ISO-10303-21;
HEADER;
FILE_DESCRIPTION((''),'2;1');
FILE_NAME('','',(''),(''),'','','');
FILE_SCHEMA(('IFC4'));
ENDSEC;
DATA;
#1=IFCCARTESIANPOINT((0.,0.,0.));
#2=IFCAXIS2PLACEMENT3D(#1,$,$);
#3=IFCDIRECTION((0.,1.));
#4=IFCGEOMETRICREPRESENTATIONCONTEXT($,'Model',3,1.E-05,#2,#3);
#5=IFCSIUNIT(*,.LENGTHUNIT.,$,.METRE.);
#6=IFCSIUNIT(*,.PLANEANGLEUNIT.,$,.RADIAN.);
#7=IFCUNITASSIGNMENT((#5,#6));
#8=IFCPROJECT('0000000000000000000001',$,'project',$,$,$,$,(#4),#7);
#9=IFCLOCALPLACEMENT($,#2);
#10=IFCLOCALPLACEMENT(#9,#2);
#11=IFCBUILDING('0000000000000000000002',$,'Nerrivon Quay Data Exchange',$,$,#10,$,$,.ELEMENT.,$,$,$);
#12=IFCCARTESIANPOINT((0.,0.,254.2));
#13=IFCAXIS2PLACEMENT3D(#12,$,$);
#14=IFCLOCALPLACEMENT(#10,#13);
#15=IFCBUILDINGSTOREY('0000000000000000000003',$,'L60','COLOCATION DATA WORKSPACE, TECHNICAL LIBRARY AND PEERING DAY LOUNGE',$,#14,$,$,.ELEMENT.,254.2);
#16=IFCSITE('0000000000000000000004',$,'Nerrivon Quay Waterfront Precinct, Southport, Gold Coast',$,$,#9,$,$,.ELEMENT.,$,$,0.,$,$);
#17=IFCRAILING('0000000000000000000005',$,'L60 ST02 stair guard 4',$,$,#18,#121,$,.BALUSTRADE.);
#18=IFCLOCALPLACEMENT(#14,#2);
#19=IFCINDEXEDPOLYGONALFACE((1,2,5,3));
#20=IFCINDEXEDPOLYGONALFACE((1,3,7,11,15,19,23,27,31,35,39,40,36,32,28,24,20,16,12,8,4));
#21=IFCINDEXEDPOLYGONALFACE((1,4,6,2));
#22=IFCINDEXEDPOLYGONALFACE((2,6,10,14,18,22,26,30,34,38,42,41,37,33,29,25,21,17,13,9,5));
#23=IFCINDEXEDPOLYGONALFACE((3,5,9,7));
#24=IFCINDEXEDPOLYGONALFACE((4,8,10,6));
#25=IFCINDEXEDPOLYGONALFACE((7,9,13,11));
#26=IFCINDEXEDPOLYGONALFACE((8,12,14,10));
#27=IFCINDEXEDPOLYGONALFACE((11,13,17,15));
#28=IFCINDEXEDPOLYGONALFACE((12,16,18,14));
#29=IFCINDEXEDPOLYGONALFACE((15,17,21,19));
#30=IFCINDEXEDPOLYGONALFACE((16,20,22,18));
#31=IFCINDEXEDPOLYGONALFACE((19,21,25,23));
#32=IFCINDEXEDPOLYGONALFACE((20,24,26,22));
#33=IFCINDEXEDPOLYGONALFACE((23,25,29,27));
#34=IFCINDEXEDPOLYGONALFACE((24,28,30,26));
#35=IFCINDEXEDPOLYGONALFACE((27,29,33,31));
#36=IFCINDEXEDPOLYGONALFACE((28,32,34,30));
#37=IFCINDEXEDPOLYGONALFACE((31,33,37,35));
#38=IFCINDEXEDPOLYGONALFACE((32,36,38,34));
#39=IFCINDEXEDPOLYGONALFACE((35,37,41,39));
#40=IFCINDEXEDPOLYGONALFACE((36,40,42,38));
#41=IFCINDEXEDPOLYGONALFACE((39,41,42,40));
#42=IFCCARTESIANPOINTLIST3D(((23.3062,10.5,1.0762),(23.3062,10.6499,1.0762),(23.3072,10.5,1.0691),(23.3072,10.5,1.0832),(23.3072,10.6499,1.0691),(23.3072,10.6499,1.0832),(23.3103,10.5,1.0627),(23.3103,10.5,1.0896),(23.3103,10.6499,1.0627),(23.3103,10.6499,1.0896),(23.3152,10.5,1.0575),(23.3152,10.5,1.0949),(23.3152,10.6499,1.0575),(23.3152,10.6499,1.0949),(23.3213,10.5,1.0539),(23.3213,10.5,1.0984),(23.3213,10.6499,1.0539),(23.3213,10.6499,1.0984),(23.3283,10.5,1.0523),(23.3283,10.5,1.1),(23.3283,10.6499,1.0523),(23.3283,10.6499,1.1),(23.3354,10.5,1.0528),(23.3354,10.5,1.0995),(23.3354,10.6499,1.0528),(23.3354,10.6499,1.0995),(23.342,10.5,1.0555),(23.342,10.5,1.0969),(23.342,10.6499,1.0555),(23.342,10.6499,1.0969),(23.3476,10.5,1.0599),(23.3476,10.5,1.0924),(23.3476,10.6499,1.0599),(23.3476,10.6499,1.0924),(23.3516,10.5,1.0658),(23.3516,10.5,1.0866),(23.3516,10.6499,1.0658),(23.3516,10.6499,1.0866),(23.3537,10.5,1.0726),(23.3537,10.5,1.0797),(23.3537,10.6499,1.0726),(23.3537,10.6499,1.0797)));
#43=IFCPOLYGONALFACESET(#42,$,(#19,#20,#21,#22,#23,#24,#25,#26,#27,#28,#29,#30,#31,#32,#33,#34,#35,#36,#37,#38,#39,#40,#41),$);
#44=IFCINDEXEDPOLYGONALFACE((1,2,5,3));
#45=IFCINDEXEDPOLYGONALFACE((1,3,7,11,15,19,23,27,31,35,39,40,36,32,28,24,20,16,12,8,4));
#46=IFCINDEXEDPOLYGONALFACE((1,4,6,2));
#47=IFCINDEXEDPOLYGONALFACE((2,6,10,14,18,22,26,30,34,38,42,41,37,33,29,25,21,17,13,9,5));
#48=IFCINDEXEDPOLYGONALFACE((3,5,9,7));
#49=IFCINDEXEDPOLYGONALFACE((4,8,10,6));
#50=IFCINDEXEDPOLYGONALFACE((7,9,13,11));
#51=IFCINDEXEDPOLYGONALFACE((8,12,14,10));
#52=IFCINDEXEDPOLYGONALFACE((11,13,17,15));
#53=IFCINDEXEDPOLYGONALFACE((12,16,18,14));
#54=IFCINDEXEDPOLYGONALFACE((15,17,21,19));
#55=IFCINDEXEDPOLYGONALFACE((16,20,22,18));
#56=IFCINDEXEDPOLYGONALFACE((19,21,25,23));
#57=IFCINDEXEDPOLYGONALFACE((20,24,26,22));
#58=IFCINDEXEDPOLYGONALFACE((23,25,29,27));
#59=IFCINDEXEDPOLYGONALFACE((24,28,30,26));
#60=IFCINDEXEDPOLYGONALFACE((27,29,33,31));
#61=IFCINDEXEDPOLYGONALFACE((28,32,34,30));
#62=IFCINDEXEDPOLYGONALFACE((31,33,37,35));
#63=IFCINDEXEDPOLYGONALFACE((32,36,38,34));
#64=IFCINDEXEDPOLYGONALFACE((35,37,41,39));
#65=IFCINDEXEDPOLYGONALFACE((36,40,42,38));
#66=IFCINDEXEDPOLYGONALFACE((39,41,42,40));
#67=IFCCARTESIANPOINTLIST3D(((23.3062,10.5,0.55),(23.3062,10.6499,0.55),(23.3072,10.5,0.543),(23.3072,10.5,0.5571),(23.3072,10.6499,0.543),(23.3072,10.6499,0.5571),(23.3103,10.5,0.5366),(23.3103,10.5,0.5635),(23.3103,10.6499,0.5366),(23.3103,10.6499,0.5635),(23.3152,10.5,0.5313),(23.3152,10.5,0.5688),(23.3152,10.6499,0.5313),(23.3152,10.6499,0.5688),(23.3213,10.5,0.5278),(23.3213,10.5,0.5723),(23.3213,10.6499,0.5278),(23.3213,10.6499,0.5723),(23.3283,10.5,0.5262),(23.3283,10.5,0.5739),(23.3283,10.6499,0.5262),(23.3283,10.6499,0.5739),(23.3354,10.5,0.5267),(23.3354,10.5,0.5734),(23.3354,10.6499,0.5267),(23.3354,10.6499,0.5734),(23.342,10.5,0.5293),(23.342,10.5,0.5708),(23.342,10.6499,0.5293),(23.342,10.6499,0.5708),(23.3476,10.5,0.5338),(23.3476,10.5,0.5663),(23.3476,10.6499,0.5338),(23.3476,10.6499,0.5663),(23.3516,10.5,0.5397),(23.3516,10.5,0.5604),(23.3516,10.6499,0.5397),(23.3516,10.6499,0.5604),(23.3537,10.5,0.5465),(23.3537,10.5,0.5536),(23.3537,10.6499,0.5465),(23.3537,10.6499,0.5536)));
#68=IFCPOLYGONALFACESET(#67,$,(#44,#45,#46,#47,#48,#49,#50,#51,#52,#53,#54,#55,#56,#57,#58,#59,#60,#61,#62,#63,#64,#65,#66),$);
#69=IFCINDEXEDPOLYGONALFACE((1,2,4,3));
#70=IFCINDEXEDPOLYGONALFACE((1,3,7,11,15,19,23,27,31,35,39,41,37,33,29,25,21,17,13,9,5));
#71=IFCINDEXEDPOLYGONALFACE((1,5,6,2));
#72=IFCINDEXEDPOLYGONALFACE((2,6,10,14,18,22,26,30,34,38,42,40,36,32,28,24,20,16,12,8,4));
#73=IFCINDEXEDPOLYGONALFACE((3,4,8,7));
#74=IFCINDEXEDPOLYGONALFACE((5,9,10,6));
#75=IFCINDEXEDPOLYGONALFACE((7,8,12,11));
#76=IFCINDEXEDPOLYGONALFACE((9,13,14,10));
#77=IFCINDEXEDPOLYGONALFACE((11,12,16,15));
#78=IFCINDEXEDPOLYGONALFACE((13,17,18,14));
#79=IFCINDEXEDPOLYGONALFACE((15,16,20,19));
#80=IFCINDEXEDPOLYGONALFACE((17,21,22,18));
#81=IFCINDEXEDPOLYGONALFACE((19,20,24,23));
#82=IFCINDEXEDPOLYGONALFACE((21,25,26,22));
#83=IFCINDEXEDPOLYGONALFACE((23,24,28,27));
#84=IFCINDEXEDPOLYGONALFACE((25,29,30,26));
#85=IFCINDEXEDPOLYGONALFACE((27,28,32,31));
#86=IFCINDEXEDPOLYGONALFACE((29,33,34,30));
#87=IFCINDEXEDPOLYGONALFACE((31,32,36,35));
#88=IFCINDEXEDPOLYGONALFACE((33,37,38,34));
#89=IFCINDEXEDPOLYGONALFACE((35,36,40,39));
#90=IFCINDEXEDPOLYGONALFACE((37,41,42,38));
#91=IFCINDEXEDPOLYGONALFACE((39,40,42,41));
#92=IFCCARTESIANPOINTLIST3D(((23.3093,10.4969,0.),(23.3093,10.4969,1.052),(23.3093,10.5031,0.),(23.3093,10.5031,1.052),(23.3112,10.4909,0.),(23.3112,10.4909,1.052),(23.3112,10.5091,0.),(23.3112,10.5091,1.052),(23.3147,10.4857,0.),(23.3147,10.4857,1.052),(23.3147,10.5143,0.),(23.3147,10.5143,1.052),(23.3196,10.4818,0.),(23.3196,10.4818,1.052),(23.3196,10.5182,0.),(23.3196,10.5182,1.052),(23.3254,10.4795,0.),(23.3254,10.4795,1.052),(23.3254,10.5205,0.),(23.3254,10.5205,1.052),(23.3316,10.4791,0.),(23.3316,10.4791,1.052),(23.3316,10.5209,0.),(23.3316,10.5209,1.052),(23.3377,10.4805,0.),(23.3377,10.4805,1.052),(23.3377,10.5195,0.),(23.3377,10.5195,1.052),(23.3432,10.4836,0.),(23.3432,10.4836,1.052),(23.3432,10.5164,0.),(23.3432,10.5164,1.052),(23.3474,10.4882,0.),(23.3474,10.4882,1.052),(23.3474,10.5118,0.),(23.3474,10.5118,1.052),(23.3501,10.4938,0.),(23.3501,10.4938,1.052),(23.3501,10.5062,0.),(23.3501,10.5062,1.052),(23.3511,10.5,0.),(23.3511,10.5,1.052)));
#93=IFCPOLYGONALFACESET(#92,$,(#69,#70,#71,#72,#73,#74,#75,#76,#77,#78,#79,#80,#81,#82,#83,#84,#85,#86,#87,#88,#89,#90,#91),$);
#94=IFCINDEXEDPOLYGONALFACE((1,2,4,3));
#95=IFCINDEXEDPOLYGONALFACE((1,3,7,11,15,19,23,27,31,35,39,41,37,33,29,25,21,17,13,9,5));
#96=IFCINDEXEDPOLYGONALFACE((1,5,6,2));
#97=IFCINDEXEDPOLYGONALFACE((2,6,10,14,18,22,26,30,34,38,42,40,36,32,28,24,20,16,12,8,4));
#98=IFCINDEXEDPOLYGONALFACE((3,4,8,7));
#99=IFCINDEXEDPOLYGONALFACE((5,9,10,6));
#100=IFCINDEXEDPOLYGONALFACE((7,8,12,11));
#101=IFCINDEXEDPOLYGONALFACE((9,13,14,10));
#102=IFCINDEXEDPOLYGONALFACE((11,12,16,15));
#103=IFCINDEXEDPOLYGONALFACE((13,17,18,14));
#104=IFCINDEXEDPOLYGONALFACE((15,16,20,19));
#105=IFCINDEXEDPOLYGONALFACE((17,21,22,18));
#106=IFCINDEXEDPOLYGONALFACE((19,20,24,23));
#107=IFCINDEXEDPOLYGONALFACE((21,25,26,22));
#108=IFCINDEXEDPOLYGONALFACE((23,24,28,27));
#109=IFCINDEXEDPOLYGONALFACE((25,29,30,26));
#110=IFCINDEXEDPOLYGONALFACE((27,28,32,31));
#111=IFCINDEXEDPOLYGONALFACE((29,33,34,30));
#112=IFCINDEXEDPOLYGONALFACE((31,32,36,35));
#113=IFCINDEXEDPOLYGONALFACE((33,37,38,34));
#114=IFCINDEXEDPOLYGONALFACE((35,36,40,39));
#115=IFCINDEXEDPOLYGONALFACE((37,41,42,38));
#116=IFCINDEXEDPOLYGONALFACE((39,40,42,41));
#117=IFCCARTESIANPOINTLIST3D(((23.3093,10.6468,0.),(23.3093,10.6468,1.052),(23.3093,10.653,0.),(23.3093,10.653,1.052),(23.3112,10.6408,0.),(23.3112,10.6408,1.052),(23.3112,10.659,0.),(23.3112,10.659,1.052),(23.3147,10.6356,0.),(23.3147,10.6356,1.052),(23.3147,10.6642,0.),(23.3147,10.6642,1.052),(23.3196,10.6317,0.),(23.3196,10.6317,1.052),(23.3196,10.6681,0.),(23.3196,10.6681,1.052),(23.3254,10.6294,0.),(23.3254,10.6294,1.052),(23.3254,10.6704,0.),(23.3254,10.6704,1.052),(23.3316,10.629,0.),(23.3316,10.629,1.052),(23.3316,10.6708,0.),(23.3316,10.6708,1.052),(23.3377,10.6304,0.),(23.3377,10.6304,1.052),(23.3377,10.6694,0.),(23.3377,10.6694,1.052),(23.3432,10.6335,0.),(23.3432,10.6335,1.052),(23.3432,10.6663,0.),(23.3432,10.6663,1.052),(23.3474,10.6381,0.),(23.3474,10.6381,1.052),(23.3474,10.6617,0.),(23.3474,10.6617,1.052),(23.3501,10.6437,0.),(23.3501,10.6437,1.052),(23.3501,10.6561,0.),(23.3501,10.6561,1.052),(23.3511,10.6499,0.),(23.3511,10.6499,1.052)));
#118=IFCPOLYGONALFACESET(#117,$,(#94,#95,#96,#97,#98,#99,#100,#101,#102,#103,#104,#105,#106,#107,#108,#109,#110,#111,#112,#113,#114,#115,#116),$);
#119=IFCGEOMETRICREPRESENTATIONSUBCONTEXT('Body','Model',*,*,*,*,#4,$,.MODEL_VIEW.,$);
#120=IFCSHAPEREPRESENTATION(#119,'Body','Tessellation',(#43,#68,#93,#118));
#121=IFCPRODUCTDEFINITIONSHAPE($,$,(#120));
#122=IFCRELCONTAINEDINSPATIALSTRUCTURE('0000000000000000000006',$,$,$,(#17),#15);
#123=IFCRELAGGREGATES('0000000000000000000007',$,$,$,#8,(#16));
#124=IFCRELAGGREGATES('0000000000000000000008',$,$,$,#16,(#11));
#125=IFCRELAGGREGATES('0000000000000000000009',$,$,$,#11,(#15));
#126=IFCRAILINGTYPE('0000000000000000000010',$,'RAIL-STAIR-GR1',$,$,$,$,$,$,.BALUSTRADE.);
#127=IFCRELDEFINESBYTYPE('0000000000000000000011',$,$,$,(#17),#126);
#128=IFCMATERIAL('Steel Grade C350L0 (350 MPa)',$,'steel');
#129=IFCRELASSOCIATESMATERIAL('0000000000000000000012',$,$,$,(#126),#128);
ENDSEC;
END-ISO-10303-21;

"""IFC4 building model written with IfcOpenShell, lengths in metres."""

from ifc_helpers import new_model, si_unit, direction, frame, origin, origin_2d, place, context, subcontext, project, spatial, circle, extrude, material, type_object, element, save


model = new_model("IFC4")

# Units and contexts
model_context = context("Model", 3, precision=1e-05, world=origin(), true_north=direction((0.0, 1.0)))
body_context = subcontext(model_context, "Body", "Model", "MODEL_VIEW")
ifc_project = project(units=[si_unit("LENGTHUNIT", "METRE"), si_unit("PLANEANGLEUNIT", "RADIAN")], contexts=[model_context])

# Site, building, storey
site_placement = place(None, origin())
site = spatial("IfcSite", under=ifc_project, at=site_placement, Name="Nerrivon Quay Waterfront Precinct, Southport, Gold Coast", CompositionType="ELEMENT", RefElevation=0.0)
building_placement = place(site_placement, origin())
building = spatial("IfcBuilding", under=site, at=building_placement, Name="Nerrivon Quay Data Exchange", CompositionType="ELEMENT")
storey_placement = place(building_placement, frame((0.0, 0.0, 254.2)))
storey = spatial("IfcBuildingStorey", under=building, at=storey_placement, Name="L60", Description="COLOCATION DATA WORKSPACE, TECHNICAL LIBRARY AND PEERING DAY LOUNGE", CompositionType="ELEMENT", Elevation=254.2)

# Railing
ifc_material_1 = material(Name="Steel Grade C350L0 (350 MPa)", Category="steel")
railing_type_1 = type_object("IfcRailingType", Name="RAIL-STAIR-GR1", PredefinedType="BALUSTRADE", material=ifc_material_1)
railing_1_placement = place(storey_placement, frame((23.3301, 10.5, 0.0)))
element("IfcRailing", 1, at=railing_1_placement, inside=storey, type_object=railing_type_1, Name="L60 ST02 stair guard 4", PredefinedType="BALUSTRADE", context=body_context, shape_type="SweptSolid", body=[
    extrude(circle(Radius=0.0239, at=origin_2d()), frame((0.0, 0.0, 1.0762), z_axis=(0.0, 1.0, 0.0), x_axis=(-1.0, 0.0, 0.0)), (0.0, 0.0, 1.0), 0.1499),
    extrude(circle(Radius=0.0239, at=origin_2d()), frame((0.0, 0.0, 0.55), z_axis=(0.0, 1.0, 0.0), x_axis=(-1.0, 0.0, 0.0)), (0.0, 0.0, 1.0), 0.1499),
    extrude(circle(Radius=0.021, at=origin_2d()), origin(), (0.0, 0.0, 1.0), 1.052),
    extrude(circle(Radius=0.021, at=origin_2d()), frame((0.0, 0.1499, 0.0)), (0.0, 0.0, 1.0), 1.052),
])

save(model, "model.ifc")
